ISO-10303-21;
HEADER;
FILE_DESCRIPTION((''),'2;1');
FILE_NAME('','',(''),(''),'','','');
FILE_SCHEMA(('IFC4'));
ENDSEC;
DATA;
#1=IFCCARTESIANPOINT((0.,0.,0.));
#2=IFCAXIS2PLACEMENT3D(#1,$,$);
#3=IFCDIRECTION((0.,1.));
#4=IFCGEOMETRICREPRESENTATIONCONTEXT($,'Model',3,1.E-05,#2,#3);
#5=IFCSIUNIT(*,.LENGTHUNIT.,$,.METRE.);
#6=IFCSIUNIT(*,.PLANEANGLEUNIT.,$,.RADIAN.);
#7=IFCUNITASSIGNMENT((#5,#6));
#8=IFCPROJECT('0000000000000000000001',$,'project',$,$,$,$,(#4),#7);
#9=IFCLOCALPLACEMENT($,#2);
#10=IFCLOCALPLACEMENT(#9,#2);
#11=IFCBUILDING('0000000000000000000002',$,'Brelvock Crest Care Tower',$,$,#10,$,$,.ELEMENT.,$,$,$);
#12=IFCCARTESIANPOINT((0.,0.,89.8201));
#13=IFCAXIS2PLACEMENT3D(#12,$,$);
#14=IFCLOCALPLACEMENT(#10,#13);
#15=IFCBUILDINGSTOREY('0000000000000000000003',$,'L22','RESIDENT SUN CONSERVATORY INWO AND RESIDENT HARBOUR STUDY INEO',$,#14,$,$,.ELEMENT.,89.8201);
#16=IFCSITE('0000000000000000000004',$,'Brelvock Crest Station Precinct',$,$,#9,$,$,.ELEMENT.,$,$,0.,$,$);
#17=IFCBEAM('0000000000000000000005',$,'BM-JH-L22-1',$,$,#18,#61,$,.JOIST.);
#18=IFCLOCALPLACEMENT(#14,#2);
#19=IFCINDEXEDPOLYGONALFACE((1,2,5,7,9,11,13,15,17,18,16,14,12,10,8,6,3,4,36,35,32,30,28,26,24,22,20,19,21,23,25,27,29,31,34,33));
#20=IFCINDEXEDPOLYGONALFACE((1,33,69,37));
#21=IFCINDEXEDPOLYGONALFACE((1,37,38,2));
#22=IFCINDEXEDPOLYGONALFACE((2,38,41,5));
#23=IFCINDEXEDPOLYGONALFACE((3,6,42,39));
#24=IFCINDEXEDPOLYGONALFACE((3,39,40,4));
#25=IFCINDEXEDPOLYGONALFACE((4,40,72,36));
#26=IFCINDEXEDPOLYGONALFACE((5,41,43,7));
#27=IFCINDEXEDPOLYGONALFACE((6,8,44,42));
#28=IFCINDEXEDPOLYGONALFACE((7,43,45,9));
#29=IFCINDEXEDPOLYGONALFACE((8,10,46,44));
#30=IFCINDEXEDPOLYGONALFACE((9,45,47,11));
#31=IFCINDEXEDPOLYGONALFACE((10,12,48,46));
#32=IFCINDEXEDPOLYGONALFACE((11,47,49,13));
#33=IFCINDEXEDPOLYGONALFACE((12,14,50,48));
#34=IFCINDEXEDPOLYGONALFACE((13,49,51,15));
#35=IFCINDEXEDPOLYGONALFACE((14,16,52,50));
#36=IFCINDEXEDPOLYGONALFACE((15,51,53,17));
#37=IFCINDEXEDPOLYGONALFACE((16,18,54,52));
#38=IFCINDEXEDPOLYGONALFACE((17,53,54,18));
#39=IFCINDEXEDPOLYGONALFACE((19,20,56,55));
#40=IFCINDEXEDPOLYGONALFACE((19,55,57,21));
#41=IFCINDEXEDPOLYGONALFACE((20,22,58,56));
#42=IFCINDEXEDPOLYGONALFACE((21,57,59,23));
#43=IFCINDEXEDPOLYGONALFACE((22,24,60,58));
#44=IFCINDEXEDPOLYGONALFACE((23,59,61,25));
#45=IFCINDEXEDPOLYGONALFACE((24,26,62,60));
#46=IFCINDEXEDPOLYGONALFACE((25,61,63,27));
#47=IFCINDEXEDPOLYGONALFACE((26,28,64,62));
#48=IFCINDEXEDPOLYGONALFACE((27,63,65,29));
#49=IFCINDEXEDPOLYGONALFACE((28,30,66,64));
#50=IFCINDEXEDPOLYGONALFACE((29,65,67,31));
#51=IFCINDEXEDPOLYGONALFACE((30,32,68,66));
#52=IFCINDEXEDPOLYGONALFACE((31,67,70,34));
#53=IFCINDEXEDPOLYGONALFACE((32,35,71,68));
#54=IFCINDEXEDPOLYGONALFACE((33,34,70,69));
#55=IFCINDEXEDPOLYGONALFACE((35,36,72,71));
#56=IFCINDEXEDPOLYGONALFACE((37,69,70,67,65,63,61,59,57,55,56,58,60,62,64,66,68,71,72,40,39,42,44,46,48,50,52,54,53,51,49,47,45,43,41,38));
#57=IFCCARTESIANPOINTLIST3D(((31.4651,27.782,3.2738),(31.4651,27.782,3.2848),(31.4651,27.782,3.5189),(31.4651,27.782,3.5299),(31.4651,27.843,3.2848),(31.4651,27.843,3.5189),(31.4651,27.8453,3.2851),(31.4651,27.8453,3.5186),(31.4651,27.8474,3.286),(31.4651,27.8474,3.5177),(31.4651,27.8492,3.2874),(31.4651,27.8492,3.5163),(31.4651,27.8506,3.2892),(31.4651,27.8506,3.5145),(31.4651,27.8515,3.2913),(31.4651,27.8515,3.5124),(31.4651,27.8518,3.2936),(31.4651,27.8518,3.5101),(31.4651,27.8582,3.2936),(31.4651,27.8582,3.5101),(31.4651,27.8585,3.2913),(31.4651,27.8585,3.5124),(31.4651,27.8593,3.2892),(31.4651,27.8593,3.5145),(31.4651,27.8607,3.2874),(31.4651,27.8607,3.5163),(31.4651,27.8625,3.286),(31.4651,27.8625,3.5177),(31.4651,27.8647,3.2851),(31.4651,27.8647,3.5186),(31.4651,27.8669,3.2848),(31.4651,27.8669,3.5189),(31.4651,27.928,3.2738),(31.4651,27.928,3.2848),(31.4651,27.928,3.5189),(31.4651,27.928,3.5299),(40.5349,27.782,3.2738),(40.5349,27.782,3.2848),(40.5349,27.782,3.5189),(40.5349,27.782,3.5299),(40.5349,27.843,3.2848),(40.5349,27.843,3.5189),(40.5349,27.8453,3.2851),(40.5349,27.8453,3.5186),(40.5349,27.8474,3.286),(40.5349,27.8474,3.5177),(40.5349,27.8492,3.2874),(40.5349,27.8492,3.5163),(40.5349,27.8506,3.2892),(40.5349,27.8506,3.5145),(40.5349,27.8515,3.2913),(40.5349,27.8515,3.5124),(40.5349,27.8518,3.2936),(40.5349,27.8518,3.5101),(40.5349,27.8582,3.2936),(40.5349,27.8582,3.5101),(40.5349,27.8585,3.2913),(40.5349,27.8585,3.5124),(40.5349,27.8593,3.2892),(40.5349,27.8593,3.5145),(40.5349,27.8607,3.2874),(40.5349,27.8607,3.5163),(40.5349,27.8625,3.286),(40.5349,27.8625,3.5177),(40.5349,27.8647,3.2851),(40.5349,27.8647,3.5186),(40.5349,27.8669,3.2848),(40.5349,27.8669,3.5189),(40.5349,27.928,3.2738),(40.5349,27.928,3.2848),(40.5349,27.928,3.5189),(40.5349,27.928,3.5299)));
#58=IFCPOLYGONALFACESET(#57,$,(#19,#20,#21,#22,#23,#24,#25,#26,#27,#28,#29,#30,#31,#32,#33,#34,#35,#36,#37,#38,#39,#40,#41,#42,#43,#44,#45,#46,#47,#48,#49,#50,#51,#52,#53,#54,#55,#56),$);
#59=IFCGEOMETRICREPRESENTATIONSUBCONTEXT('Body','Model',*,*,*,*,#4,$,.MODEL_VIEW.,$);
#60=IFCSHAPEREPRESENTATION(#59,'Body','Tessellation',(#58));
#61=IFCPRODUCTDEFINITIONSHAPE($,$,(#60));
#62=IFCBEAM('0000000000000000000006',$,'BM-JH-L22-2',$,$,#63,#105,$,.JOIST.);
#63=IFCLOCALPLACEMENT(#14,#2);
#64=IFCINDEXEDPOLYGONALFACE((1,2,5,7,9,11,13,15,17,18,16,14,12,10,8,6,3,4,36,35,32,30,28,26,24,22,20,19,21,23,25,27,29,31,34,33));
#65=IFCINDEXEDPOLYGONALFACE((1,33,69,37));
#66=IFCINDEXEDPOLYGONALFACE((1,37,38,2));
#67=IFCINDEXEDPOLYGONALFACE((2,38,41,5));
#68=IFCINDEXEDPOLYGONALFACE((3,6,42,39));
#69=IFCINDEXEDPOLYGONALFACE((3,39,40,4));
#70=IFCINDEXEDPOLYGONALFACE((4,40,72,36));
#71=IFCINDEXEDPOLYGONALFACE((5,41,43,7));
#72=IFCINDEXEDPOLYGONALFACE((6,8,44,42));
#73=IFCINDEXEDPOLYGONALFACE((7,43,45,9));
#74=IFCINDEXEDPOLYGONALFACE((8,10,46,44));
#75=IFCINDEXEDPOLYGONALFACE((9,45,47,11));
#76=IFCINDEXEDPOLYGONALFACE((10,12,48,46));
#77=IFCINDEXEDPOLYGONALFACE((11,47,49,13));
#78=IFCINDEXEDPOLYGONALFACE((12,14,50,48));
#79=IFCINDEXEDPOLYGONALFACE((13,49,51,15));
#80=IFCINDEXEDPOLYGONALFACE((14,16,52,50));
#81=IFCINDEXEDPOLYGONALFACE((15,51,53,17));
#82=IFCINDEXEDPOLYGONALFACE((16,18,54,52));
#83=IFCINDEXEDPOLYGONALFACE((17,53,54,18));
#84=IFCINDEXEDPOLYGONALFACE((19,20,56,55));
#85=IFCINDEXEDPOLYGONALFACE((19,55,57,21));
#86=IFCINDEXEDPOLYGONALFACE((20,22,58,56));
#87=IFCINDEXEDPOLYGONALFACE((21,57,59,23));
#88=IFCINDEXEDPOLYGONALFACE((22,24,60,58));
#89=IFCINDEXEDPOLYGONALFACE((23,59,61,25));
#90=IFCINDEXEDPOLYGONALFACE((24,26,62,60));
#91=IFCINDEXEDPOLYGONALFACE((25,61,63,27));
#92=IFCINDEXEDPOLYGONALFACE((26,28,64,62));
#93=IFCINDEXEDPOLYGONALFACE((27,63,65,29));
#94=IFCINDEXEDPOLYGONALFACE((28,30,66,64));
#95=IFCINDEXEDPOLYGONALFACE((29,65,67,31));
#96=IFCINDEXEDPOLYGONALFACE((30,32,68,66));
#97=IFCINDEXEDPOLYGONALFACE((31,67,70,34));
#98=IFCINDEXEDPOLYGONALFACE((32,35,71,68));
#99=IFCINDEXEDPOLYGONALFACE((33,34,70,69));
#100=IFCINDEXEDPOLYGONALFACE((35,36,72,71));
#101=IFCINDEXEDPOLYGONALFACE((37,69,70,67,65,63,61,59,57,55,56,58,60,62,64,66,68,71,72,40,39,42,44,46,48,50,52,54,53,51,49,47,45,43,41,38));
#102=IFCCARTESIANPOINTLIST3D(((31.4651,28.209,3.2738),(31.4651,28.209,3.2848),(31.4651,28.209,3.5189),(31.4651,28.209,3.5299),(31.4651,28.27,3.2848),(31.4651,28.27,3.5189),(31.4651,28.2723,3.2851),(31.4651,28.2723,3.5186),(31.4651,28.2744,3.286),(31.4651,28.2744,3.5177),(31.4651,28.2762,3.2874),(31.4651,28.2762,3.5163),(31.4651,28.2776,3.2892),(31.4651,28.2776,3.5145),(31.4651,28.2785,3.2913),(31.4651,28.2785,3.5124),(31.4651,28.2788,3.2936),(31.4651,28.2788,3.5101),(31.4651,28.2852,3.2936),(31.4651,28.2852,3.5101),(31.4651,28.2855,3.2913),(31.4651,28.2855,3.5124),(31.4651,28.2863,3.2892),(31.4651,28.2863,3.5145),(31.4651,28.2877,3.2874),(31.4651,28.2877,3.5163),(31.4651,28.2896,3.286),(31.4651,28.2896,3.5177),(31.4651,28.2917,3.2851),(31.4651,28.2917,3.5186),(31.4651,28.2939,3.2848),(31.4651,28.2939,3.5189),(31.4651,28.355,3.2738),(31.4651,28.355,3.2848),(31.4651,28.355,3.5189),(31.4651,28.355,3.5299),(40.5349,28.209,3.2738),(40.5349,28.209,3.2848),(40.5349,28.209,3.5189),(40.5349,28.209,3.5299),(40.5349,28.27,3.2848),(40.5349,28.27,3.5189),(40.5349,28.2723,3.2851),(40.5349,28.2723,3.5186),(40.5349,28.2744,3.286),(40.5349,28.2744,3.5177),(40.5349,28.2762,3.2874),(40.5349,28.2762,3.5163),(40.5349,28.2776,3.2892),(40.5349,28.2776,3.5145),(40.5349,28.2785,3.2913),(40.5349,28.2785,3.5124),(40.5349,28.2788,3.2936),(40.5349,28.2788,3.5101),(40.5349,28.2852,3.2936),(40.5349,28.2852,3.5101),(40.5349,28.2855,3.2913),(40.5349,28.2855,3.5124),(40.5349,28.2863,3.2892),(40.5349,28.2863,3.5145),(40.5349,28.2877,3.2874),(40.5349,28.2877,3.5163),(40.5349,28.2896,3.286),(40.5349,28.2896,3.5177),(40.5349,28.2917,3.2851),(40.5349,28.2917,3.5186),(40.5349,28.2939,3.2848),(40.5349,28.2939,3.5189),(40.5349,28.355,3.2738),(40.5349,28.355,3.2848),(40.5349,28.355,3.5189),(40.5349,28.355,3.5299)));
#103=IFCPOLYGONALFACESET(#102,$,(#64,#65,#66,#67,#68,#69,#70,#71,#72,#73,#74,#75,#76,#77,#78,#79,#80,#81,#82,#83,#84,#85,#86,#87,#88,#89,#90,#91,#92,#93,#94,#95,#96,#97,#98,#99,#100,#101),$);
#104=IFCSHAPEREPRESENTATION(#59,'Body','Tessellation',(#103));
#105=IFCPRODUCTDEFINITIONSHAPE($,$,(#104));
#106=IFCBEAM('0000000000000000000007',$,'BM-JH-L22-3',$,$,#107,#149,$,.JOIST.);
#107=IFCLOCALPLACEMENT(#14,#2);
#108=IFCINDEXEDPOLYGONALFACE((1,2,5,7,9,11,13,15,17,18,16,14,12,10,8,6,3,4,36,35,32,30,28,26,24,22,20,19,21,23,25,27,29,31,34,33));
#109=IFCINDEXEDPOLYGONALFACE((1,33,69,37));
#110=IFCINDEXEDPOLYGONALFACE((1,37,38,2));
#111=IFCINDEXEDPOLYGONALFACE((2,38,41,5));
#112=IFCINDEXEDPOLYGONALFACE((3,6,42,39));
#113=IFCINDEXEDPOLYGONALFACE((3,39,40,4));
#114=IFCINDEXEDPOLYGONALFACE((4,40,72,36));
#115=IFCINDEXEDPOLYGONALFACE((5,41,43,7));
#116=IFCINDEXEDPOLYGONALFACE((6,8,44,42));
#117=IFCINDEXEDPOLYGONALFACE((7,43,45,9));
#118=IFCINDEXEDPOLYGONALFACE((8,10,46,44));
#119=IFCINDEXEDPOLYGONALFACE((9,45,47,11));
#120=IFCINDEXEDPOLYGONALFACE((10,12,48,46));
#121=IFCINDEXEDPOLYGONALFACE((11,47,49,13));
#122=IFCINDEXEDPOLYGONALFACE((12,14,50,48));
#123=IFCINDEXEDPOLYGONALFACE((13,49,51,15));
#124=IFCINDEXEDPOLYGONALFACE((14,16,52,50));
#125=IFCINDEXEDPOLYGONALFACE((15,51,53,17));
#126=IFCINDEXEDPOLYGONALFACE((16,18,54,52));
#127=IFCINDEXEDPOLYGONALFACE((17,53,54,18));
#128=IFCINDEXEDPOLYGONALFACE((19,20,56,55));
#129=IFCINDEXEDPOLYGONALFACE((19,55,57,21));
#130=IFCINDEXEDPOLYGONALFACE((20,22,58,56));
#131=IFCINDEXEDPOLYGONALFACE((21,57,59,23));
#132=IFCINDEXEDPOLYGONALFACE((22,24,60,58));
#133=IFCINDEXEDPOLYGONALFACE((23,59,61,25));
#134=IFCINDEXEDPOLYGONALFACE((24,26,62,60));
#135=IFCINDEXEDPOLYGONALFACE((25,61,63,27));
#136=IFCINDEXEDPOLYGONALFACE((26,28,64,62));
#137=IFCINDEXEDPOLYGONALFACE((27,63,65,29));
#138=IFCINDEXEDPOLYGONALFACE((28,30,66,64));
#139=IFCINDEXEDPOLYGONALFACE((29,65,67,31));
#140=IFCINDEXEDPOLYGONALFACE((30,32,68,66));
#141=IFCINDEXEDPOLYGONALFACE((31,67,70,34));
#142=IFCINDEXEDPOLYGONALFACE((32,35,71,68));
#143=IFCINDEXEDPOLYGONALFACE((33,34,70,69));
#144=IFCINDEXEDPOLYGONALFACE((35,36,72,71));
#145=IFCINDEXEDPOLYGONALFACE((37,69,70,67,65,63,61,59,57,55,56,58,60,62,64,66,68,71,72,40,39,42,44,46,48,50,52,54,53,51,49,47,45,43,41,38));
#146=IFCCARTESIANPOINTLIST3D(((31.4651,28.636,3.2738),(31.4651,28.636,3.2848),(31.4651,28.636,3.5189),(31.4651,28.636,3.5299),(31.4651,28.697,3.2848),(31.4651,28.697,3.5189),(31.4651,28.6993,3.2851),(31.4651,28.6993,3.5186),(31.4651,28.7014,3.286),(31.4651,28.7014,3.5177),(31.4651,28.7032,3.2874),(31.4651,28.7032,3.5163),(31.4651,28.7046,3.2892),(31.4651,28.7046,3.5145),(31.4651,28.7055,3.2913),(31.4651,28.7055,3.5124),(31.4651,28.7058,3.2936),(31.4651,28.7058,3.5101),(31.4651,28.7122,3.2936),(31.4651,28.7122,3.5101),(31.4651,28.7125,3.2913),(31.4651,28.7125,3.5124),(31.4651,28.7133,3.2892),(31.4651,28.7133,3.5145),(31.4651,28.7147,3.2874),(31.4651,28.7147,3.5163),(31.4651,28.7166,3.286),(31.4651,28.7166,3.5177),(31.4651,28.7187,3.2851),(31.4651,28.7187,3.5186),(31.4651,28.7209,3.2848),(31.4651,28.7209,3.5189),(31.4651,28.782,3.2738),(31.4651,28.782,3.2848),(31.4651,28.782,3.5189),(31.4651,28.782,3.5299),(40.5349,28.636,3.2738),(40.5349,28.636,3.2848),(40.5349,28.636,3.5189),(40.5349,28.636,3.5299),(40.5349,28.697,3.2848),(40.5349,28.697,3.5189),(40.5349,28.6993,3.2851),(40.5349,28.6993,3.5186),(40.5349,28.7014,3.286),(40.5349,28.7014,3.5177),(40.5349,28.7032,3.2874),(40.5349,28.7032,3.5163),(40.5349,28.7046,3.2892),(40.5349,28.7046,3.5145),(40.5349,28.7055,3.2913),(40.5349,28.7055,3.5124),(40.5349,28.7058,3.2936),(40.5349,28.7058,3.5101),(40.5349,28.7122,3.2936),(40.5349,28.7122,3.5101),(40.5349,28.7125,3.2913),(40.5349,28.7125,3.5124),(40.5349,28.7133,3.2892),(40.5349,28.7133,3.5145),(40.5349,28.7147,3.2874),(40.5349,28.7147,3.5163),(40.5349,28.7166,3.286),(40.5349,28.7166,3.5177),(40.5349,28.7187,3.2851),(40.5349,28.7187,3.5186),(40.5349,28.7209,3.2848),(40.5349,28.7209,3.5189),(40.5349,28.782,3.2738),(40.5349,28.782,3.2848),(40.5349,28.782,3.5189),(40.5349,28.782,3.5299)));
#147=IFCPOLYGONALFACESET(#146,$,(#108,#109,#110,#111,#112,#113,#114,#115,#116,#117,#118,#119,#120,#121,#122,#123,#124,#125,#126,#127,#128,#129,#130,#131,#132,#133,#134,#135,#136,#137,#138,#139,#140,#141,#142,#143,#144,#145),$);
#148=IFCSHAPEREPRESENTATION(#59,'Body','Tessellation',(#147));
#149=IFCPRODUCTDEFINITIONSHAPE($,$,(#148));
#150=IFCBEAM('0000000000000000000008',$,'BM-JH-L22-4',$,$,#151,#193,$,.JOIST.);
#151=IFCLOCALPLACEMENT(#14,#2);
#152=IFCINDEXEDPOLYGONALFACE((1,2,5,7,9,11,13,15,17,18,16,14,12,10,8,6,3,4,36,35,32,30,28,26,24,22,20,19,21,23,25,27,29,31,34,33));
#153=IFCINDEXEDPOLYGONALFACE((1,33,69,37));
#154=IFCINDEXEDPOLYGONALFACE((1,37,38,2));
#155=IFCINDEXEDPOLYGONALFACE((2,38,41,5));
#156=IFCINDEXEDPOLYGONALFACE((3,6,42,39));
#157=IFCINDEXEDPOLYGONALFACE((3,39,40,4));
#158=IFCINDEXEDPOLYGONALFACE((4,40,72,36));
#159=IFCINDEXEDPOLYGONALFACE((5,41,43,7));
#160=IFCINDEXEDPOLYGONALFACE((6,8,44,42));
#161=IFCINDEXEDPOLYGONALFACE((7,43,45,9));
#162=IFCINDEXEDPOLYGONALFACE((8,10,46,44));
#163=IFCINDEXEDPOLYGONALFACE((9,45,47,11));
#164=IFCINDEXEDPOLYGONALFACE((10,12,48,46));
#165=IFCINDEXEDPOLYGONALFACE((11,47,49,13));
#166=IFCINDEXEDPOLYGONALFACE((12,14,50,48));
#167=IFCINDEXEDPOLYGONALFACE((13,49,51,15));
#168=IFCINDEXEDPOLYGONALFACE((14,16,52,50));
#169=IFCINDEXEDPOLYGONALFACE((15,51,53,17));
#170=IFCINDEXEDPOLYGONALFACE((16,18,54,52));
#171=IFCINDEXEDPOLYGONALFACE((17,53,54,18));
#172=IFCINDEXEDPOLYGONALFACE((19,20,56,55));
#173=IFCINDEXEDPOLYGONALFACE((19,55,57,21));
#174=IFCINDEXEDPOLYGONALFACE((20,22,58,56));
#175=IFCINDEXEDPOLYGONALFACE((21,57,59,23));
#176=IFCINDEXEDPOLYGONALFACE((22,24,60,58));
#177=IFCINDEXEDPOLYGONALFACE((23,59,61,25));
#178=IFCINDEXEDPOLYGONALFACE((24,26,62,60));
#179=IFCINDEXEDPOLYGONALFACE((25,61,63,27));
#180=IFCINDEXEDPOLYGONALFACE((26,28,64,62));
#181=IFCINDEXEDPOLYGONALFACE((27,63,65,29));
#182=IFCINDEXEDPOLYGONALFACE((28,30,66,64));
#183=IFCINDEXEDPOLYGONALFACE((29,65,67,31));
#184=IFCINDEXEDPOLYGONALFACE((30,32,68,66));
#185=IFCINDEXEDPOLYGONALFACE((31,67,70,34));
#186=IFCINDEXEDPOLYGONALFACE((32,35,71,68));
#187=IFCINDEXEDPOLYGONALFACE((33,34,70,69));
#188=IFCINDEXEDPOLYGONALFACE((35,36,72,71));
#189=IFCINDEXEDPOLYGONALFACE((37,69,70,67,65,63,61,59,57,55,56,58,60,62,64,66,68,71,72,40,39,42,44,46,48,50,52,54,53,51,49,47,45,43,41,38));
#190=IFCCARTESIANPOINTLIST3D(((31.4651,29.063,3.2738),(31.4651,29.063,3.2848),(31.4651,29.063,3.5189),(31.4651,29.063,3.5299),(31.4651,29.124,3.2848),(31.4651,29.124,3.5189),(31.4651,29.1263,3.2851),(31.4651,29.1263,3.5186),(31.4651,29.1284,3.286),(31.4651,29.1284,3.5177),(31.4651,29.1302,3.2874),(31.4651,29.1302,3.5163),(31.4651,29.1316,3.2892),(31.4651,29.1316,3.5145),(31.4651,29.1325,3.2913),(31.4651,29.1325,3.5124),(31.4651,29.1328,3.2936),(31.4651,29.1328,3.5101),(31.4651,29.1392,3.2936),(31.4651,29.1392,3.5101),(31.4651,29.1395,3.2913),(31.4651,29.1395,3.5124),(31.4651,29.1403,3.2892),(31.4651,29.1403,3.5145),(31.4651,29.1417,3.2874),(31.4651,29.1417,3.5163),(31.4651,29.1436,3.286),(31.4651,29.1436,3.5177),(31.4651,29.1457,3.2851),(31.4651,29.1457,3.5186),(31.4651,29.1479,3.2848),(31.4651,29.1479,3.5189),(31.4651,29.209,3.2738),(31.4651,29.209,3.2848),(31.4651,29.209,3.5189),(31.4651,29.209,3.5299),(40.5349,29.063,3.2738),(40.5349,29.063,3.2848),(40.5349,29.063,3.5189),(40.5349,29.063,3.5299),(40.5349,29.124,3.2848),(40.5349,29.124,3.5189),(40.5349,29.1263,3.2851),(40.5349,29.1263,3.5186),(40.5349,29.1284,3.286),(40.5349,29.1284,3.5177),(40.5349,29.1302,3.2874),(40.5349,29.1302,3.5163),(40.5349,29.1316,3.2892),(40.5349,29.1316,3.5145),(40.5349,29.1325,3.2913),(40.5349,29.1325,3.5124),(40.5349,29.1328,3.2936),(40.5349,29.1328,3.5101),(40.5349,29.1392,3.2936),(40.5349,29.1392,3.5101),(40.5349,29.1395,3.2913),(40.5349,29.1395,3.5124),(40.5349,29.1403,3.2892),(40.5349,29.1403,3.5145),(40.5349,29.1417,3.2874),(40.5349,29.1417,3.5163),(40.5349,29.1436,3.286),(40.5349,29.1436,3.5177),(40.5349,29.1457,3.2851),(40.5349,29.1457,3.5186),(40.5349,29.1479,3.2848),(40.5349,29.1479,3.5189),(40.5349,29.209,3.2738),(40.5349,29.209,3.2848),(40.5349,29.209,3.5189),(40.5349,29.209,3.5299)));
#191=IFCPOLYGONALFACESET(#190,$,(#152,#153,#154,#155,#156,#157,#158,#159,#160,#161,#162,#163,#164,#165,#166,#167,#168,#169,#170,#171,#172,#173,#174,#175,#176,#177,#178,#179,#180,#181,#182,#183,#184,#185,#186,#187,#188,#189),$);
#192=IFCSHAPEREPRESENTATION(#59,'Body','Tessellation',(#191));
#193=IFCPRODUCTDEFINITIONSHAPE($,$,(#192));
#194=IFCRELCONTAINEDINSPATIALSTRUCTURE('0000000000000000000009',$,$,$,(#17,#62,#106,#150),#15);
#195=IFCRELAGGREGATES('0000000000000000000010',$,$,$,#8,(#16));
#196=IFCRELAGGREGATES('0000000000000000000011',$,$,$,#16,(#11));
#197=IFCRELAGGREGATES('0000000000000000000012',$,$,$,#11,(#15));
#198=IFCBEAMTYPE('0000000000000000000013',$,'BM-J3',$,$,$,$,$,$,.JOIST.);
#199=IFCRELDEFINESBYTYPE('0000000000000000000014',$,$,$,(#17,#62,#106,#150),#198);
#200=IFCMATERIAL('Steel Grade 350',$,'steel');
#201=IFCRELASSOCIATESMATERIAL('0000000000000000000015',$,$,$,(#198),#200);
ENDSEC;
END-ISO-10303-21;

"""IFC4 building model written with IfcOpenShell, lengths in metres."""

from ifc_helpers import new_model, si_unit, direction, frame, origin, origin_2d, place, context, subcontext, project, spatial, i_section, extrude, source, transform, mapped, material, material_profile, profile_set, type_object, element, save


model = new_model("IFC4")

# Units and contexts
model_context = context("Model", 3, precision=1e-05, world=origin(), true_north=direction((0.0, 1.0)))
body_context = subcontext(model_context, "Body", "Model", "MODEL_VIEW")
ifc_project = project(units=[si_unit("LENGTHUNIT", "METRE"), si_unit("PLANEANGLEUNIT", "RADIAN")], contexts=[model_context])

# Site, building, storey
site_placement = place(None, origin())
site = spatial("IfcSite", under=ifc_project, at=site_placement, Name="Brelvock Crest Station Precinct", CompositionType="ELEMENT", RefElevation=0.0)
building_placement = place(site_placement, origin())
building = spatial("IfcBuilding", under=site, at=building_placement, Name="Brelvock Crest Care Tower", CompositionType="ELEMENT")
storey_placement = place(building_placement, frame((0.0, 0.0, 89.8201)))
storey = spatial("IfcBuildingStorey", under=building, at=storey_placement, Name="L22", Description="RESIDENT SUN CONSERVATORY INWO AND RESIDENT HARBOUR STUDY INEO", CompositionType="ELEMENT", Elevation=89.8201)

# Shared definitions
ifc_material_1 = material(Name="Steel Grade 350", Category="steel")

# Beams
ifc_material_profile_1 = material_profile(ifc_material_1, i_section(OverallWidth=0.146, OverallDepth=0.2561, WebThickness=0.0063, FlangeThickness=0.011, FilletRadius=0.0088, at=origin_2d()), Name="250UB37.3")
ifc_profile_set_1 = profile_set([ifc_material_profile_1], Name="Steel Grade 350")
beam_type_1 = type_object("IfcBeamType", Name="BM-J3", PredefinedType="JOIST", material=ifc_profile_set_1)
shared_shape_1 = source(origin(), body_context, "Body", "SweptSolid", [
    extrude(i_section(OverallWidth=0.146, OverallDepth=0.2561, WebThickness=0.0063, FlangeThickness=0.011, FilletRadius=0.0088, at=origin_2d()), origin(), (0.0, 0.0, 1.0), 9.0698),
])
for number, where, z_axis, x_axis, name in (
    (1, (31.4651, 27.855, 3.4019), (1.0, 0.0, 0.0), (0.0, 1.0, 0.0), "BM-JH-L22-1"),
    (2, (31.4651, 28.282, 3.4019), (1.0, 0.0, 0.0), (0.0, 1.0, 0.0), "BM-JH-L22-2"),
    (3, (31.4651, 28.709, 3.4019), (1.0, 0.0, 0.0), (0.0, 1.0, 0.0), "BM-JH-L22-3"),
    (4, (31.4651, 29.136, 3.4019), (1.0, 0.0, 0.0), (0.0, 1.0, 0.0), "BM-JH-L22-4"),
):
    element("IfcBeam", number, at=place(storey_placement, frame(where, z_axis=z_axis, x_axis=x_axis)), inside=storey, type_object=beam_type_1, Name=name, PredefinedType="JOIST", context=body_context, shape_type="MappedRepresentation", body=[
        mapped(shared_shape_1, transform((0.0, 0.0, 0.0), x_axis=(1.0, 0.0, 0.0), y_axis=(0.0, 1.0, 0.0), z_axis=(0.0, 0.0, 1.0), scale=1.0)),
    ])

save(model, "model.ifc")
